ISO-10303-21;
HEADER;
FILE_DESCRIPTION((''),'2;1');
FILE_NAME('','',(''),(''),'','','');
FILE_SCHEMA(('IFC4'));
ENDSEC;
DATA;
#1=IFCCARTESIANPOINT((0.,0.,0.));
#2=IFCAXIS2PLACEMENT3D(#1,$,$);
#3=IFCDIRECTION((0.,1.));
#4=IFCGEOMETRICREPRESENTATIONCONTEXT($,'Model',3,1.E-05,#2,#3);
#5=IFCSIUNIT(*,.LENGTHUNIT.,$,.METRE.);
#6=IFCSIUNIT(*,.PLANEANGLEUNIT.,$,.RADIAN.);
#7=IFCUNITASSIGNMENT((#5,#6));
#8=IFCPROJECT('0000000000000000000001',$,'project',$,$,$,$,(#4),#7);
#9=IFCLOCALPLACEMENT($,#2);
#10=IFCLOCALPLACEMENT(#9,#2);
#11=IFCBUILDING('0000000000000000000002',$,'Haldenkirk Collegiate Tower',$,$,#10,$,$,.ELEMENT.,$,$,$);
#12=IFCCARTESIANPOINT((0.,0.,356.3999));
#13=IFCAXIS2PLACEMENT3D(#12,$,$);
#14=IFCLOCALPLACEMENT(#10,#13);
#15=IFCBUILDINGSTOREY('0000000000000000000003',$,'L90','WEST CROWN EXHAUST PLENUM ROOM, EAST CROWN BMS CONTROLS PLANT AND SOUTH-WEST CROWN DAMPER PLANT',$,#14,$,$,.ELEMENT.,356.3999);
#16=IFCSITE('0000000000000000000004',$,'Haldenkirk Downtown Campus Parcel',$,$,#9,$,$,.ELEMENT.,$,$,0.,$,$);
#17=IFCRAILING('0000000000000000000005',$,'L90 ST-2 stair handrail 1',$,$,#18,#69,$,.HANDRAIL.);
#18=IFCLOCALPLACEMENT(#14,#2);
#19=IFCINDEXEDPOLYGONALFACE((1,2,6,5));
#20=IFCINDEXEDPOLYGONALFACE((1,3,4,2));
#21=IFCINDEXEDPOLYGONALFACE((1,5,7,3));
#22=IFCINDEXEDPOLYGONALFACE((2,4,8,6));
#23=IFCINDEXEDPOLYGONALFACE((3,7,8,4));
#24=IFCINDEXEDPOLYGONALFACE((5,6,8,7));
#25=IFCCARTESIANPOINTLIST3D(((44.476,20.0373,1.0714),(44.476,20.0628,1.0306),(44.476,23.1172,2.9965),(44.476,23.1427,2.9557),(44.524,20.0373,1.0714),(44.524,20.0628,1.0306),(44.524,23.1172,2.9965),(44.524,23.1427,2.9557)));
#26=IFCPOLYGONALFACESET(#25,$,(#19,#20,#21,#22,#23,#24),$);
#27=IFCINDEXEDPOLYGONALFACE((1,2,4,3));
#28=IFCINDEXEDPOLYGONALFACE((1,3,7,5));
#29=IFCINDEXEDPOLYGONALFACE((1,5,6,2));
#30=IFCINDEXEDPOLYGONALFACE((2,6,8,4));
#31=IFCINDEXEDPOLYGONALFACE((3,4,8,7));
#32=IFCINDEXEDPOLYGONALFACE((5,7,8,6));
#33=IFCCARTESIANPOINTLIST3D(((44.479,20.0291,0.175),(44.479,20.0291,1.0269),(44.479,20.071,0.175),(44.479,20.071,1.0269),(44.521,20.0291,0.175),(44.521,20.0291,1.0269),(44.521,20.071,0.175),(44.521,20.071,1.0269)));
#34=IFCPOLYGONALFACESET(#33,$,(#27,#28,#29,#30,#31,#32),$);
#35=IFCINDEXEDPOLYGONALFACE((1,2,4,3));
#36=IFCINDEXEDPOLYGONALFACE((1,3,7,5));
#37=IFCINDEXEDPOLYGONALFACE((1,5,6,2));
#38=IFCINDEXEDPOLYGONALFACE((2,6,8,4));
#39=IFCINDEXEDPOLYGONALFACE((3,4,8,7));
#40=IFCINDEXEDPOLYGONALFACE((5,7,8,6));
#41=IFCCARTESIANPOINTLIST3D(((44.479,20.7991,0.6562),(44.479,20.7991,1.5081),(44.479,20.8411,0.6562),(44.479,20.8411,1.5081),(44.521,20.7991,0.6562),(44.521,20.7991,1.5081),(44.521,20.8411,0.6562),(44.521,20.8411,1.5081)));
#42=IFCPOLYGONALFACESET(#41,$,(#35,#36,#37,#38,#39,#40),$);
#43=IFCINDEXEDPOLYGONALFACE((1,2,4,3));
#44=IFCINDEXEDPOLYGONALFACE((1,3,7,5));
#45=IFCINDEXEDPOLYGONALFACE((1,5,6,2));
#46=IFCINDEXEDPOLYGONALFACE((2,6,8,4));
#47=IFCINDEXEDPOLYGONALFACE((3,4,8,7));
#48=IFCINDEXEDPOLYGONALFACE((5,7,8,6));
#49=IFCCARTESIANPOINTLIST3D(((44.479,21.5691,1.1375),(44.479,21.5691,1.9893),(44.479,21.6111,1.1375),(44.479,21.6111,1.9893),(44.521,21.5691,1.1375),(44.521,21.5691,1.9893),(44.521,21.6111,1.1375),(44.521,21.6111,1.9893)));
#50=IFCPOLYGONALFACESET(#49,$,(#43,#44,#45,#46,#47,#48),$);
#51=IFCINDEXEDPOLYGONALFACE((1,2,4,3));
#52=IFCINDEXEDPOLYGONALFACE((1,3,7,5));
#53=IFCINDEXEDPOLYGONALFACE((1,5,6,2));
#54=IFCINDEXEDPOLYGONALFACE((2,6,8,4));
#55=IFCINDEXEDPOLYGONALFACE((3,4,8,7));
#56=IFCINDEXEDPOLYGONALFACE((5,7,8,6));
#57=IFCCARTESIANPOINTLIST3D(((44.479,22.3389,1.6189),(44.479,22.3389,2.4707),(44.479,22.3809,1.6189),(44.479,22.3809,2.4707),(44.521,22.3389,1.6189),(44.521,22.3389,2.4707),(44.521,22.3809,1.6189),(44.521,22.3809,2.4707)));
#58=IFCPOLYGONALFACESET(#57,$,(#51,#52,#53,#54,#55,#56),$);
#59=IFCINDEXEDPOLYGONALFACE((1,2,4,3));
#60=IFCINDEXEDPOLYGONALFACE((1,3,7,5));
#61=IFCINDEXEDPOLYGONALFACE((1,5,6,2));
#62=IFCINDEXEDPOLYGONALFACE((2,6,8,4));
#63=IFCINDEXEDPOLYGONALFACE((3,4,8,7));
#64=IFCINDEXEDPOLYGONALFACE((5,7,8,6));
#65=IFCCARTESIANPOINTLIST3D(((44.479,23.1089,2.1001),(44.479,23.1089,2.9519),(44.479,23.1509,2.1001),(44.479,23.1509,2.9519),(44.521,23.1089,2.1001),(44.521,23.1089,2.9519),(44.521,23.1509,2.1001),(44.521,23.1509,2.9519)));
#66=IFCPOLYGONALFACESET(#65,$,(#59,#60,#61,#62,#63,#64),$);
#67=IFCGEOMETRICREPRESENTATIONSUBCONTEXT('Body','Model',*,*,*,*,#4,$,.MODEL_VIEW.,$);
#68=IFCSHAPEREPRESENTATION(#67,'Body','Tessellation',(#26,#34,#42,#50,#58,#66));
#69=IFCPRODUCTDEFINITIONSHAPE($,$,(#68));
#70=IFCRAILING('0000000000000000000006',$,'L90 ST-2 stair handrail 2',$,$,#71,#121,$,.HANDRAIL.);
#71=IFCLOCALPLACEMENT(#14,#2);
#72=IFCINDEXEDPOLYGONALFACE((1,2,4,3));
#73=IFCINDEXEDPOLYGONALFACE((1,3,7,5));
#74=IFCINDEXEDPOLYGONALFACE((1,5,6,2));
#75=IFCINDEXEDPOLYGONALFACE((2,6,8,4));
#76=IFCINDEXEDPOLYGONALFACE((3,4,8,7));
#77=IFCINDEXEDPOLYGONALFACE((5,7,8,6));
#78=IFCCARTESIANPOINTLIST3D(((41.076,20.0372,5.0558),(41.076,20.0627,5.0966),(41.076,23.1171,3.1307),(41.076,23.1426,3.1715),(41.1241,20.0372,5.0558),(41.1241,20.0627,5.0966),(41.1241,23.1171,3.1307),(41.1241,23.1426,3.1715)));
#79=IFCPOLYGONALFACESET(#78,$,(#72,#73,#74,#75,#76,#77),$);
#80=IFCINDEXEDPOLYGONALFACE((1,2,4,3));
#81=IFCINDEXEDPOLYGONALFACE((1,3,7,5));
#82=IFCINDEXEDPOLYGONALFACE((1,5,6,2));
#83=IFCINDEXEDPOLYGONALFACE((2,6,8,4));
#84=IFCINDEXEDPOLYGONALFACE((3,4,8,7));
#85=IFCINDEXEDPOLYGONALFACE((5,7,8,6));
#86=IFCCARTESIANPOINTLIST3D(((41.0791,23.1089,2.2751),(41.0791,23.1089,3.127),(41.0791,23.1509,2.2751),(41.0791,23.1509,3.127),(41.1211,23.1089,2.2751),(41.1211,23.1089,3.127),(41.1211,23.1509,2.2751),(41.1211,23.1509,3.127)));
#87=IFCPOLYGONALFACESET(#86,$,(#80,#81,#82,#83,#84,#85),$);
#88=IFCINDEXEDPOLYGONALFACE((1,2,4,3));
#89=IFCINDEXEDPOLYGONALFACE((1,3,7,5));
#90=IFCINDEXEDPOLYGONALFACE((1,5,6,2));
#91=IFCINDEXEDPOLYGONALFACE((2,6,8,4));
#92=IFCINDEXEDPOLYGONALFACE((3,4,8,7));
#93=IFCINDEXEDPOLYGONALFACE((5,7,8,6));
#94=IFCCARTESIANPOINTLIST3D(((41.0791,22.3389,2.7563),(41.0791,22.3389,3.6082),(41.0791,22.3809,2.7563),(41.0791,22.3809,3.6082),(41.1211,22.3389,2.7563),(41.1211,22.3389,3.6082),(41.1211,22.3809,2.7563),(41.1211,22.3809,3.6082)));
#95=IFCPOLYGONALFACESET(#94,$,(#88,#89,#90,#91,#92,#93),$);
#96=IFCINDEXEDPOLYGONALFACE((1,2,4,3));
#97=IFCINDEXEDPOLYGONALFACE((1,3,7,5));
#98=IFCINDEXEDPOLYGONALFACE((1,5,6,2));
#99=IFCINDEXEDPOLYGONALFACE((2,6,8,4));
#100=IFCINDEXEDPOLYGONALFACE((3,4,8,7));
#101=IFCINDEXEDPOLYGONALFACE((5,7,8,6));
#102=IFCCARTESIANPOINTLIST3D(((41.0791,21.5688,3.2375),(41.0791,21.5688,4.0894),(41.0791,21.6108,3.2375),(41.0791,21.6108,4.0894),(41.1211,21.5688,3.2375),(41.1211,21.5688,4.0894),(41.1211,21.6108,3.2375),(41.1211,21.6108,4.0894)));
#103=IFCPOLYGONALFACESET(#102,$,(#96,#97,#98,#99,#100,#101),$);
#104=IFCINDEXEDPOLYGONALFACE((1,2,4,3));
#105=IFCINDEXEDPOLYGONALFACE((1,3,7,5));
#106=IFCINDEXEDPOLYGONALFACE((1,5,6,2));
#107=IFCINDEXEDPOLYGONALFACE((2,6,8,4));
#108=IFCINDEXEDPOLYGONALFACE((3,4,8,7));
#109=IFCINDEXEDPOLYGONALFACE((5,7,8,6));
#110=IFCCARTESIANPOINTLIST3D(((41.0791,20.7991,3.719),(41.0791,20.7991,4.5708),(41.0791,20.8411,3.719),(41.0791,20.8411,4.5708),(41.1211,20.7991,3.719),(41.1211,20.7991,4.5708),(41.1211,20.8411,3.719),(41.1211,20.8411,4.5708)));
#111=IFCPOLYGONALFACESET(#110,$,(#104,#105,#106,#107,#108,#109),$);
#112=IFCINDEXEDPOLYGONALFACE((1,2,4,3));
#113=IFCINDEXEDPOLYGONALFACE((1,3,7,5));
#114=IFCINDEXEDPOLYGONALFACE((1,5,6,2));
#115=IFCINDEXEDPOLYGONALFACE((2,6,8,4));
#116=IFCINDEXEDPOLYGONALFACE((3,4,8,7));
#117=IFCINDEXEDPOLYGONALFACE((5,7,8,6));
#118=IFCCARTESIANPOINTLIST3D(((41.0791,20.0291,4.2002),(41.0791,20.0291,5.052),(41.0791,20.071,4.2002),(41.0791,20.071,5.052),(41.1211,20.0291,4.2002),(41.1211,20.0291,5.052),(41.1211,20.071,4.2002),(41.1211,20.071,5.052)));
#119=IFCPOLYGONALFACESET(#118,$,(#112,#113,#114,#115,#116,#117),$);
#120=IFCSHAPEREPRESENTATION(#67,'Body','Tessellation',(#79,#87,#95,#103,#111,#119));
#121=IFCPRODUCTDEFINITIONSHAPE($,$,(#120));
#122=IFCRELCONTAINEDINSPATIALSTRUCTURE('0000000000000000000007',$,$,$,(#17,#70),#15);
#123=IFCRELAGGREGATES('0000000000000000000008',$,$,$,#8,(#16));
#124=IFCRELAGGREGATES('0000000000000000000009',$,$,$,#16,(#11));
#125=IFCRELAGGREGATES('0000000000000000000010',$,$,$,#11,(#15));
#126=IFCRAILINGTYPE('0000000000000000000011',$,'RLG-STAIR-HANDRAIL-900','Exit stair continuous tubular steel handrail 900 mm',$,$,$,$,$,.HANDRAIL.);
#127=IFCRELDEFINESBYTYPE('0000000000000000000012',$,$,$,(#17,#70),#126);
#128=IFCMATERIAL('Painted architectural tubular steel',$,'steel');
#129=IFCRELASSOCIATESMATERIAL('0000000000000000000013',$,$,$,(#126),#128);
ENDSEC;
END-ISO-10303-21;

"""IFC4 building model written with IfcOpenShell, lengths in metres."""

from ifc_helpers import new_model, si_unit, direction, frame, origin, origin_2d, place, context, subcontext, project, spatial, rectangle, extrude, material, type_object, element, save


model = new_model("IFC4")

# Units and contexts
model_context = context("Model", 3, precision=1e-05, world=origin(), true_north=direction((0.0, 1.0)))
body_context = subcontext(model_context, "Body", "Model", "MODEL_VIEW")
ifc_project = project(units=[si_unit("LENGTHUNIT", "METRE"), si_unit("PLANEANGLEUNIT", "RADIAN")], contexts=[model_context])

# Site, building, storey
site_placement = place(None, origin())
site = spatial("IfcSite", under=ifc_project, at=site_placement, Name="Haldenkirk Downtown Campus Parcel", CompositionType="ELEMENT", RefElevation=0.0)
building_placement = place(site_placement, origin())
building = spatial("IfcBuilding", under=site, at=building_placement, Name="Haldenkirk Collegiate Tower", CompositionType="ELEMENT")
storey_placement = place(building_placement, frame((0.0, 0.0, 356.3999)))
storey = spatial("IfcBuildingStorey", under=building, at=storey_placement, Name="L90", Description="WEST CROWN EXHAUST PLENUM ROOM, EAST CROWN BMS CONTROLS PLANT AND SOUTH-WEST CROWN DAMPER PLANT", CompositionType="ELEMENT", Elevation=356.3999)

# Railings
ifc_material_1 = material(Name="Painted architectural tubular steel", Category="steel")
railing_type_1 = type_object("IfcRailingType", Name="RLG-STAIR-HANDRAIL-900", Description="Exit stair continuous tubular steel handrail 900 mm", PredefinedType="HANDRAIL", material=ifc_material_1)
railing_1_placement = place(storey_placement, frame((44.5, 20.05, 0.175)))
element("IfcRailing", 1, at=railing_1_placement, inside=storey, type_object=railing_type_1, Name="L90 ST-2 stair handrail 1", PredefinedType="HANDRAIL", context=body_context, shape_type="SweptSolid", body=[
    extrude(rectangle(XDim=0.0481, YDim=0.0481, at=origin_2d()), frame((0.0, 0.0, 0.876), z_axis=(0.0, 0.847979, 0.530029), x_axis=(-1.0, 0.0, 0.0)), (0.0, 0.0, 1.0), 3.6321),
    extrude(rectangle(XDim=0.042, YDim=0.042, at=origin_2d()), origin(), (0.0, 0.0, 1.0), 0.8518),
    extrude(rectangle(XDim=0.042, YDim=0.042, at=origin_2d()), frame((0.0, 0.77, 0.4812)), (0.0, 0.0, 1.0), 0.8518),
    extrude(rectangle(XDim=0.042, YDim=0.042, at=origin_2d()), frame((0.0, 1.54, 0.9624)), (0.0, 0.0, 1.0), 0.8518),
    extrude(rectangle(XDim=0.042, YDim=0.042, at=origin_2d()), frame((0.0, 2.3098, 1.4438)), (0.0, 0.0, 1.0), 0.8518),
    extrude(rectangle(XDim=0.042, YDim=0.042, at=origin_2d()), frame((0.0, 3.0798, 1.925)), (0.0, 0.0, 1.0), 0.8518),
])
railing_2_placement = place(storey_placement, frame((41.1001, 23.1299, 2.2751)))
element("IfcRailing", 2, at=railing_2_placement, inside=storey, type_object=railing_type_1, Name="L90 ST-2 stair handrail 2", PredefinedType="HANDRAIL", context=body_context, shape_type="SweptSolid", body=[
    extrude(rectangle(XDim=0.0481, YDim=0.0481, at=origin_2d()), frame((0.0, 0.0, 0.876), z_axis=(0.0, -0.847979, 0.530029), x_axis=(1.0, 0.0, 0.0)), (0.0, 0.0, 1.0), 3.6321),
    extrude(rectangle(XDim=0.042, YDim=0.042, at=origin_2d()), origin(), (0.0, 0.0, 1.0), 0.8518),
    extrude(rectangle(XDim=0.042, YDim=0.042, at=origin_2d()), frame((0.0, -0.77, 0.4812)), (0.0, 0.0, 1.0), 0.8518),
    extrude(rectangle(XDim=0.042, YDim=0.042, at=origin_2d()), frame((0.0, -1.54, 0.9624)), (0.0, 0.0, 1.0), 0.8518),
    extrude(rectangle(XDim=0.042, YDim=0.042, at=origin_2d()), frame((0.0, -2.3098, 1.4438)), (0.0, 0.0, 1.0), 0.8518),
    extrude(rectangle(XDim=0.042, YDim=0.042, at=origin_2d()), frame((0.0, -3.0798, 1.925)), (0.0, 0.0, 1.0), 0.8518),
])

save(model, "model.ifc")
